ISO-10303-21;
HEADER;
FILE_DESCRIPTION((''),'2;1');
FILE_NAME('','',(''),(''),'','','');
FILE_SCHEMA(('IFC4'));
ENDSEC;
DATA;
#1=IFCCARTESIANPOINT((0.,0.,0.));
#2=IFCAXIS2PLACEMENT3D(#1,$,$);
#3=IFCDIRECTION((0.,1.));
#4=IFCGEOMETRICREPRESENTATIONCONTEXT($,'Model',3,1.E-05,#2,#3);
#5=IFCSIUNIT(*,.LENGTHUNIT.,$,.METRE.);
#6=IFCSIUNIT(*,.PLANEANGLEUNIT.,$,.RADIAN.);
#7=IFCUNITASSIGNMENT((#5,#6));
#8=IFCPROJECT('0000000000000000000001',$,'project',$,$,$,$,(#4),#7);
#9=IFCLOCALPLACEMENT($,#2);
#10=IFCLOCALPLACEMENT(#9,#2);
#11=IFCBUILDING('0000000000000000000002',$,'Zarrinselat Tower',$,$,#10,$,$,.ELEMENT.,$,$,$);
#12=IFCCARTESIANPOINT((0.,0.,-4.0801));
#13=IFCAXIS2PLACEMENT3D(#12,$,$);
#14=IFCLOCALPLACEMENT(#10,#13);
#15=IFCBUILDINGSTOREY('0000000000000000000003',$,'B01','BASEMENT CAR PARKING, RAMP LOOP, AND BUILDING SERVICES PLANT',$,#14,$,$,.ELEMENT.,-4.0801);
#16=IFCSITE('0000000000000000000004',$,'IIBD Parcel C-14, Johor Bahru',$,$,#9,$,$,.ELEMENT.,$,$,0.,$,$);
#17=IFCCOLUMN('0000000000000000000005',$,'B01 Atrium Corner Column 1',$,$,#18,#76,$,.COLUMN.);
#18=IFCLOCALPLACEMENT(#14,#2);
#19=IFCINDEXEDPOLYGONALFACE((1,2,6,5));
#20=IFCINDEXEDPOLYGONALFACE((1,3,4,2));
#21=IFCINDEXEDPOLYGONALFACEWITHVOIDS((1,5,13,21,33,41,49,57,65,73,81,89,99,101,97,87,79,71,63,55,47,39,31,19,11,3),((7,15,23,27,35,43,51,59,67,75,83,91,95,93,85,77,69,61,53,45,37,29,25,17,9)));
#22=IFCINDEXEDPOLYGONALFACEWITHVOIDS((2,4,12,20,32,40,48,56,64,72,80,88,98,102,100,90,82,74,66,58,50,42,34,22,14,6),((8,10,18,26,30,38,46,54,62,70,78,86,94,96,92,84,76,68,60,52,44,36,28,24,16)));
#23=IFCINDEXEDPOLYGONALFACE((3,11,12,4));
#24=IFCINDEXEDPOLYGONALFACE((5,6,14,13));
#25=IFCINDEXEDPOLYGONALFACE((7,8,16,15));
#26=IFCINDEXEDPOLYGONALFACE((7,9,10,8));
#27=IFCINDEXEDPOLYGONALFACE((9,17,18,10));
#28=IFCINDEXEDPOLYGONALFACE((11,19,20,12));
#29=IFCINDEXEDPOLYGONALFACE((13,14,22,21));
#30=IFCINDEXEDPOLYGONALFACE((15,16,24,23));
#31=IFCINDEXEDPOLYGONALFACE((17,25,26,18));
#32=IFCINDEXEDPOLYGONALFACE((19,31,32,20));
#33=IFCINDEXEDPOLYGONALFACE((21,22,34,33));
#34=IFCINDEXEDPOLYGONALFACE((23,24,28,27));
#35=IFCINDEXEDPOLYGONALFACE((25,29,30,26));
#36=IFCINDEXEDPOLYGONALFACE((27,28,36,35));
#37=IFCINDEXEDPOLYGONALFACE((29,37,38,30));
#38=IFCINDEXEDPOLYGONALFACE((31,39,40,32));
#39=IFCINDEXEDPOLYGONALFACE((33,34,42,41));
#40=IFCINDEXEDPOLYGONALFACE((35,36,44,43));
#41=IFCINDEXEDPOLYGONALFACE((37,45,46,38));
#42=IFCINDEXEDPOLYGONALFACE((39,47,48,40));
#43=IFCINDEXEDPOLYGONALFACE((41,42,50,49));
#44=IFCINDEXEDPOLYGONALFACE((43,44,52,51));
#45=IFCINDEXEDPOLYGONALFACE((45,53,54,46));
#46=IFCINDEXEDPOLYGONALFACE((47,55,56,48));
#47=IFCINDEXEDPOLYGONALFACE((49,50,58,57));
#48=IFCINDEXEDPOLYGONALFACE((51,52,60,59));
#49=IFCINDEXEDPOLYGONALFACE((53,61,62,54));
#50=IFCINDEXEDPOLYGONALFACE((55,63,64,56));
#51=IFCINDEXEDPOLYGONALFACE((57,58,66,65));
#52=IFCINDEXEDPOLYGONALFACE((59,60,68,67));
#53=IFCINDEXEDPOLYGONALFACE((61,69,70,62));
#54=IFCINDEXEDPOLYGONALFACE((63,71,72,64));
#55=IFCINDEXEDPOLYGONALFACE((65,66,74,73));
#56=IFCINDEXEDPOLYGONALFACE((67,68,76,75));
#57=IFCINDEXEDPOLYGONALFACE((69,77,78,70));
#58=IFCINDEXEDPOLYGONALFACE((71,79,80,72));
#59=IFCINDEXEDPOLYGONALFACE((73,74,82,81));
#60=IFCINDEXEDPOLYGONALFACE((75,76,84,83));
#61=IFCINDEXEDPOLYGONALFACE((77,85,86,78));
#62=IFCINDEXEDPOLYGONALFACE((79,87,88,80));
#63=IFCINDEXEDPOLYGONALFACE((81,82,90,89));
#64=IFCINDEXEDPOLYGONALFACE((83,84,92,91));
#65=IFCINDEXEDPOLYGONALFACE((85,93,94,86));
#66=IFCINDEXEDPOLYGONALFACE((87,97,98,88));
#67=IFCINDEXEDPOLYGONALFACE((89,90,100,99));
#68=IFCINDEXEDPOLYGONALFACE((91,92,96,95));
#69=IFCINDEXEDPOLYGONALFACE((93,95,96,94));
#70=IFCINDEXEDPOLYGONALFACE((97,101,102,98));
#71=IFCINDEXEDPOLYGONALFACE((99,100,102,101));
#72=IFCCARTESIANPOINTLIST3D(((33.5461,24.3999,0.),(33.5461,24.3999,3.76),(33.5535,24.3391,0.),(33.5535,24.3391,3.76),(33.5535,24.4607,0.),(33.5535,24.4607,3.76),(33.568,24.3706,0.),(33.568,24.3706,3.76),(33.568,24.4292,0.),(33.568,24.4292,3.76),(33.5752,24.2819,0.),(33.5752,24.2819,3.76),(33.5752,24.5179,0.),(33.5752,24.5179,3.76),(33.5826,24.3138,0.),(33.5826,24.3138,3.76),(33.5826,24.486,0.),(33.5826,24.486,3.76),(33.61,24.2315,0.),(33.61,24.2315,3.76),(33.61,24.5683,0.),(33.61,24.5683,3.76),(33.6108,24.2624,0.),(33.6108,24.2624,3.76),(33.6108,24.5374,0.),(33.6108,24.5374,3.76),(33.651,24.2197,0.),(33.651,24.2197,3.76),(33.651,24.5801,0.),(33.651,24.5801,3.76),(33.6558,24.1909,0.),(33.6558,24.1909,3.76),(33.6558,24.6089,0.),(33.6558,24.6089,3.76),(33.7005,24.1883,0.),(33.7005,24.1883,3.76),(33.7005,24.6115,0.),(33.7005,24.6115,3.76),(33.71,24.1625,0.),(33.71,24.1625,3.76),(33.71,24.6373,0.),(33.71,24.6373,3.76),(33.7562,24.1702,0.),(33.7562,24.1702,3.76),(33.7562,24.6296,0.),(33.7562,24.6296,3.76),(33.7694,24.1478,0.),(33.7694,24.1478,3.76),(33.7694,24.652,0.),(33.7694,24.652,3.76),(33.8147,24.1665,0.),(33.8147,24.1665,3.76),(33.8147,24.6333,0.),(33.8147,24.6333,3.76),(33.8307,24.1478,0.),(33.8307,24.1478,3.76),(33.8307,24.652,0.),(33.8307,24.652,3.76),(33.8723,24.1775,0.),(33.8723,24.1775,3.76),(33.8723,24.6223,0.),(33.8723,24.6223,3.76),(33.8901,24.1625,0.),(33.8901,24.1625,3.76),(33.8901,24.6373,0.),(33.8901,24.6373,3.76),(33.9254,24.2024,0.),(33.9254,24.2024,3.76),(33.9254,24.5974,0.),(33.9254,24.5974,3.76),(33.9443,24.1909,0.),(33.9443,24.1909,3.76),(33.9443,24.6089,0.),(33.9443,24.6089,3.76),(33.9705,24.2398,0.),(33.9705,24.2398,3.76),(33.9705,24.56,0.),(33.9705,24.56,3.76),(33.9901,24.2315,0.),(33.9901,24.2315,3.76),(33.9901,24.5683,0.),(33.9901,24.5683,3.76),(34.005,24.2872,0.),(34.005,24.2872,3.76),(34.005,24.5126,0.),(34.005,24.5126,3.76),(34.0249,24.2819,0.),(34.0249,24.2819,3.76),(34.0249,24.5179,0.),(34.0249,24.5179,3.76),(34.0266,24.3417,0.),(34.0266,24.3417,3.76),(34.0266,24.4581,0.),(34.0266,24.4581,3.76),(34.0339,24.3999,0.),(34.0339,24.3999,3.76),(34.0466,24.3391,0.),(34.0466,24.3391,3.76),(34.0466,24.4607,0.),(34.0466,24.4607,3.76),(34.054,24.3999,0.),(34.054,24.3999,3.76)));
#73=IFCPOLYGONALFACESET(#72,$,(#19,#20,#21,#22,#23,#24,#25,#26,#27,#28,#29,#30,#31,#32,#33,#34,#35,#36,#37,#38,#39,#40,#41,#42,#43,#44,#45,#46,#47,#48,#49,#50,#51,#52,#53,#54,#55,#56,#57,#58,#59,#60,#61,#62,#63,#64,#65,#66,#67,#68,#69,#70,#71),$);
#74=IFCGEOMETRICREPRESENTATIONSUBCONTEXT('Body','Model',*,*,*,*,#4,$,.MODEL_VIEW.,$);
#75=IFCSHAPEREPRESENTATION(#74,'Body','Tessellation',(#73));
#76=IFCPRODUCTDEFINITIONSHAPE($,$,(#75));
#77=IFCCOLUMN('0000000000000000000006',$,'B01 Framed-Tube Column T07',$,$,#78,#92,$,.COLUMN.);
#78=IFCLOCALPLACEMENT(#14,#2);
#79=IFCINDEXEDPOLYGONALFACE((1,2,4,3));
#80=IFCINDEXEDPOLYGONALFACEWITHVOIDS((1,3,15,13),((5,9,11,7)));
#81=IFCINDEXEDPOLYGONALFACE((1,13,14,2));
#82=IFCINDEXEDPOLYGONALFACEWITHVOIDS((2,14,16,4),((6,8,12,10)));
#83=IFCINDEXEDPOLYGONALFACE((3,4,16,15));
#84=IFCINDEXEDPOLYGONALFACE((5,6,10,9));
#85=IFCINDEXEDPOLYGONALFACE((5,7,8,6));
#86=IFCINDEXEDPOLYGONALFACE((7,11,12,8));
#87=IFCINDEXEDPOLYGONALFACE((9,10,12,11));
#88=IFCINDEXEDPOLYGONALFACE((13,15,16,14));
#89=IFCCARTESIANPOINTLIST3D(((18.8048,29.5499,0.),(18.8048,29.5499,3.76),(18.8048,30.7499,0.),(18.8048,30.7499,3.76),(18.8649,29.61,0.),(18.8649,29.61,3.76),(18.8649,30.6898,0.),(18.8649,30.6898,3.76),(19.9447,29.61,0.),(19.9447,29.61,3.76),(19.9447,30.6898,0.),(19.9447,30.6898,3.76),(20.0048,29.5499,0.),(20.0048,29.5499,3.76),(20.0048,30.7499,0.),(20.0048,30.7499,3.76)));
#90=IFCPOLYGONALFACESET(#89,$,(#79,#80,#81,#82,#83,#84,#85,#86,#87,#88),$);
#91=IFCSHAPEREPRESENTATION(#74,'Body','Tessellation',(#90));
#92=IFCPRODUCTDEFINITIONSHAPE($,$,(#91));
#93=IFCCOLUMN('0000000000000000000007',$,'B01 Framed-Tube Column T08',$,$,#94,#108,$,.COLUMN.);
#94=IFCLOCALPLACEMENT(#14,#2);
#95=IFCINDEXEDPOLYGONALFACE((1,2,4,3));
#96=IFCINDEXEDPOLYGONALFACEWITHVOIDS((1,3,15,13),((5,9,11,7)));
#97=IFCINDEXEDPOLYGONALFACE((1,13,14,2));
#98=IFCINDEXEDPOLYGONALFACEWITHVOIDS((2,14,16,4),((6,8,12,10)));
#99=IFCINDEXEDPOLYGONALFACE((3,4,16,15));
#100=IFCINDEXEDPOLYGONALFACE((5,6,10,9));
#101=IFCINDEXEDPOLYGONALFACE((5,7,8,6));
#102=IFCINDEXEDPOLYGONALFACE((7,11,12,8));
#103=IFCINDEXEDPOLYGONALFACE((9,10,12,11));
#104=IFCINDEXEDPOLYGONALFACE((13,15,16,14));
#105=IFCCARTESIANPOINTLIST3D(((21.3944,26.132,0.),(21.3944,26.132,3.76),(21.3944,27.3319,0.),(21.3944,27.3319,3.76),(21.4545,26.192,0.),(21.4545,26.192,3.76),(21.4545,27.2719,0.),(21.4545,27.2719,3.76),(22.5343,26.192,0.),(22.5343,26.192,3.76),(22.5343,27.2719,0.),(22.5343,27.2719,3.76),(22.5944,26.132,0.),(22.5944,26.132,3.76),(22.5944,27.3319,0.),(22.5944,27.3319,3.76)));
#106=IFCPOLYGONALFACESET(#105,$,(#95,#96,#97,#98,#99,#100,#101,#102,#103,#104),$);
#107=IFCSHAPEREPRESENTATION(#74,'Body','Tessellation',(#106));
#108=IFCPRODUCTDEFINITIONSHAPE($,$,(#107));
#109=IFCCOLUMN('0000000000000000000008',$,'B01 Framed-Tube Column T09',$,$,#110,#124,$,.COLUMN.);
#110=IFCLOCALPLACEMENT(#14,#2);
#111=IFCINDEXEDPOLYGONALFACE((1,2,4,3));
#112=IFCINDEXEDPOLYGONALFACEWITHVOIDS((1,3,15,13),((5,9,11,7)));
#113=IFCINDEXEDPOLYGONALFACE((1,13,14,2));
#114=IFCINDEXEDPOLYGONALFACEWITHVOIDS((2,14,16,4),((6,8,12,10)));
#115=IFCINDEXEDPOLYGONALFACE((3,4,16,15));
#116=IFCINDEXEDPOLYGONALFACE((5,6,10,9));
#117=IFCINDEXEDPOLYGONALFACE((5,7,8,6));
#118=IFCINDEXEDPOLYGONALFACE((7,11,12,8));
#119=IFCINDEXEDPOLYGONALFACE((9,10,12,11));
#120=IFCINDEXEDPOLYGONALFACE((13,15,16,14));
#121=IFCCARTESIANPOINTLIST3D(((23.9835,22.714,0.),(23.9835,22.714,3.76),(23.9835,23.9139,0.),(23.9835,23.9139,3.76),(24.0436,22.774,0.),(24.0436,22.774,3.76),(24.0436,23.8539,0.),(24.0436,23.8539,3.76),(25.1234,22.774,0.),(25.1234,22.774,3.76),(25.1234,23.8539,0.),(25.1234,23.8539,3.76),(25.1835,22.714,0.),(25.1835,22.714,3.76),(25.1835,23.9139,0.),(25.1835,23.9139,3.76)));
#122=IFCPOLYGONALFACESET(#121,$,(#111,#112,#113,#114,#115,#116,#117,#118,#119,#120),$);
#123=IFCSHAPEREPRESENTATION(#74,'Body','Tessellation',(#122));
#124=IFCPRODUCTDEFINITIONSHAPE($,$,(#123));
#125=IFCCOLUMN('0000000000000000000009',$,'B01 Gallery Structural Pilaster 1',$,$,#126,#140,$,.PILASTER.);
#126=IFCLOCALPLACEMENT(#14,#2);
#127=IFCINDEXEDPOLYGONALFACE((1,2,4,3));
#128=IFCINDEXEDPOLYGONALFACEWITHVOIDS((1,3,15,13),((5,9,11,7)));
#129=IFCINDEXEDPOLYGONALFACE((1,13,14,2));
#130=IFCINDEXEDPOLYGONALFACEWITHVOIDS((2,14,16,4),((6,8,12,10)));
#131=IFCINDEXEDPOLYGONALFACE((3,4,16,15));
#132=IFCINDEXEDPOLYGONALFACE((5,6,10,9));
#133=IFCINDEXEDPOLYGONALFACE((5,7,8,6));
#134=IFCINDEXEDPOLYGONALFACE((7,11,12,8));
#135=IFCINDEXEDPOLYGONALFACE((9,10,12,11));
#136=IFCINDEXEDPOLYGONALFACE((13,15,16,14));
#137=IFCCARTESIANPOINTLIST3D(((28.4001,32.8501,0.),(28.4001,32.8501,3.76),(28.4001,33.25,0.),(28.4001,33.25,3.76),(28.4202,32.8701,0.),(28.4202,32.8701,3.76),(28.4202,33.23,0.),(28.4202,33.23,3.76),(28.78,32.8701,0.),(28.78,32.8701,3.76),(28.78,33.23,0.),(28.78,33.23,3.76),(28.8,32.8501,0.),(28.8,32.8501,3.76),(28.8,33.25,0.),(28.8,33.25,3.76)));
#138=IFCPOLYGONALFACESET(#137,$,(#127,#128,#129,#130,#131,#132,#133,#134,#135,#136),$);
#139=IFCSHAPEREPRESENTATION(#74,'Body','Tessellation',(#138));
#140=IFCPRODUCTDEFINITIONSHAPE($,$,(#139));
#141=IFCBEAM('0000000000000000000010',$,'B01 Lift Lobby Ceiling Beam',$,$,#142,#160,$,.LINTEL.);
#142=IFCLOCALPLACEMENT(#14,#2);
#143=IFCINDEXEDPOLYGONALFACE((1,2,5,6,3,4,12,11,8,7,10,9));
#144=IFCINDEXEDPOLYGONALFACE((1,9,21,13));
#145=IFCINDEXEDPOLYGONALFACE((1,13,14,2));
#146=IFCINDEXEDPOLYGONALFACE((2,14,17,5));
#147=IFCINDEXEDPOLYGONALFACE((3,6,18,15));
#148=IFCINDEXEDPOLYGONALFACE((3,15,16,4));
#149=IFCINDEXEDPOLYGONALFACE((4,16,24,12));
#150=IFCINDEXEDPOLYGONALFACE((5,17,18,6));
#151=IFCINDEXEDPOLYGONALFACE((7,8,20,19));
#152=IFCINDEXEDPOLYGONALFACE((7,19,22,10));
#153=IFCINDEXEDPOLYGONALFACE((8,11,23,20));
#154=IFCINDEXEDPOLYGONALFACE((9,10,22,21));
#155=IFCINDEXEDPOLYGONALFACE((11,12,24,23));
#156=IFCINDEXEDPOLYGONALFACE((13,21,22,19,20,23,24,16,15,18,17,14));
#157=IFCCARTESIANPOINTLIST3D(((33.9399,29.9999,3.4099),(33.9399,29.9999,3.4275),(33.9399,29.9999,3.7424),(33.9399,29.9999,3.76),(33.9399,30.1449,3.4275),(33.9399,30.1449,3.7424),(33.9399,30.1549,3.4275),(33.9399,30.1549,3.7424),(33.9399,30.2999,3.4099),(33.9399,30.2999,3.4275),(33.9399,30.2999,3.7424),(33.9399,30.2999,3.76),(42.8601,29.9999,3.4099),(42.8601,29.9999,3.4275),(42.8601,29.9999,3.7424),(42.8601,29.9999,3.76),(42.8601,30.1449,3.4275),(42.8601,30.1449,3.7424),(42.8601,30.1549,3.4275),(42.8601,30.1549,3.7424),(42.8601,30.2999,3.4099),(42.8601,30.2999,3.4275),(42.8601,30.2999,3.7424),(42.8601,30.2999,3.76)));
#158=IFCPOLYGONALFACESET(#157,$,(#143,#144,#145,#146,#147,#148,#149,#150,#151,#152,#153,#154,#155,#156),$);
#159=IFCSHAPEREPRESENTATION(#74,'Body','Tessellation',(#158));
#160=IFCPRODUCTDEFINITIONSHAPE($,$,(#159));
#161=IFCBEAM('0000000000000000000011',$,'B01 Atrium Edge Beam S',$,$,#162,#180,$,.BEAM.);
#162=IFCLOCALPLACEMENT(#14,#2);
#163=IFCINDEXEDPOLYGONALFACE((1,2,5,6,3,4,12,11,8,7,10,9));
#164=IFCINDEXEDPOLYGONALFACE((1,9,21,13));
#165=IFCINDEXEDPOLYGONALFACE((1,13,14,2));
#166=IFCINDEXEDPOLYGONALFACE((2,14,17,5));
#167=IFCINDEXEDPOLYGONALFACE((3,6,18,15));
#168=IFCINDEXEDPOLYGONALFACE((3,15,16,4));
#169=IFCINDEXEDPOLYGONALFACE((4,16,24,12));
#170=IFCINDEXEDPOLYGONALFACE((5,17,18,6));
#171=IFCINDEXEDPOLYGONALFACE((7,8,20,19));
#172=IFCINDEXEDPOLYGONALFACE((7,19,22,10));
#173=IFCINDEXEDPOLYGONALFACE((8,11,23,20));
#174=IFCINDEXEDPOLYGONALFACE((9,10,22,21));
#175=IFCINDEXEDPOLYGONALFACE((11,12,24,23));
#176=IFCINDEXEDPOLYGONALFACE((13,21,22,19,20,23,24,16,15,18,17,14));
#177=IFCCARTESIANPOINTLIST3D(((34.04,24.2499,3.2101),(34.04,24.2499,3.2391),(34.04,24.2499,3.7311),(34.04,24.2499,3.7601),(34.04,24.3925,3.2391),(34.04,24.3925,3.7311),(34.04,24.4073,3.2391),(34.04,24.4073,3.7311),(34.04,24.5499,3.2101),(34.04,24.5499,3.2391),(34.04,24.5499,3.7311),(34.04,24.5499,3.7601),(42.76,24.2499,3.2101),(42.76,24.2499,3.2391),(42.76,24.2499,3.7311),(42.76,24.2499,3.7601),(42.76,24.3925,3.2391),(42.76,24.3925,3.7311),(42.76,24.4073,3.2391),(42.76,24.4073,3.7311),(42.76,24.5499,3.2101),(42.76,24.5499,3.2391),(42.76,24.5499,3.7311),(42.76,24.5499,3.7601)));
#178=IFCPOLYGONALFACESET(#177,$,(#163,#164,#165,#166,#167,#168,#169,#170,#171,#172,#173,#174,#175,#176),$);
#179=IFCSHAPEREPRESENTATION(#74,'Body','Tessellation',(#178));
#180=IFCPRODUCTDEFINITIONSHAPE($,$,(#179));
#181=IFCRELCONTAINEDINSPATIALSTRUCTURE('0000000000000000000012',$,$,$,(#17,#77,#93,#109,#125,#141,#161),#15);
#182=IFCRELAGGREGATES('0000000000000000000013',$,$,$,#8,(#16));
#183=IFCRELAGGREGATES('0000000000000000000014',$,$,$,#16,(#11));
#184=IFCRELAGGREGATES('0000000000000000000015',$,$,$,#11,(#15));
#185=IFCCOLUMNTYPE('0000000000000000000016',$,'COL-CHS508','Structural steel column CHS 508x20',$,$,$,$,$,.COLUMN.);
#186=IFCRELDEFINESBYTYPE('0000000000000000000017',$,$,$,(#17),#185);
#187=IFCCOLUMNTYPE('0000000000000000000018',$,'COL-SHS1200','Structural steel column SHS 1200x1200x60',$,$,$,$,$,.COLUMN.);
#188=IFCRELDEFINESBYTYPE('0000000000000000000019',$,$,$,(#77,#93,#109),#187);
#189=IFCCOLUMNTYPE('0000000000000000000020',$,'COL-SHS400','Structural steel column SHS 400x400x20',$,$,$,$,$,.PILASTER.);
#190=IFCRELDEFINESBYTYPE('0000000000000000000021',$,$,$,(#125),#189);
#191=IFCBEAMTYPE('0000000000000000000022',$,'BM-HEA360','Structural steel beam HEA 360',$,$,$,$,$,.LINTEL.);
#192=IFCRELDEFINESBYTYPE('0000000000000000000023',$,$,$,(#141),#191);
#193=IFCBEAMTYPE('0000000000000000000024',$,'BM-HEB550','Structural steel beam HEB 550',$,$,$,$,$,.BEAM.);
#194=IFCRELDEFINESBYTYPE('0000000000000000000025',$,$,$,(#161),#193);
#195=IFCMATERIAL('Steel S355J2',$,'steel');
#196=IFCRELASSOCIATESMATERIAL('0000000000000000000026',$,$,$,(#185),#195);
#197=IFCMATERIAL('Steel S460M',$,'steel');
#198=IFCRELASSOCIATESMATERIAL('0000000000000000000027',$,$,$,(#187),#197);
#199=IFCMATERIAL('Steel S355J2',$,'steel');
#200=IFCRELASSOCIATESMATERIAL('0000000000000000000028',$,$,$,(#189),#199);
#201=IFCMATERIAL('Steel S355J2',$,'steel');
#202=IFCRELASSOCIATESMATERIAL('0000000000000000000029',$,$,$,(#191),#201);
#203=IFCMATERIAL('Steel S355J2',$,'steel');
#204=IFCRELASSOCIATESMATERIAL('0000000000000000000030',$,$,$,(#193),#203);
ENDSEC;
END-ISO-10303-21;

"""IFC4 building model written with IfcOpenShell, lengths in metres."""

from ifc_helpers import new_model, si_unit, direction, frame, origin, origin_2d, place, context, subcontext, project, spatial, hollow_rectangle, hollow_circle, i_section, extrude, material, material_profile, profile_set, type_object, element, save


model = new_model("IFC4")

# Units and contexts
model_context = context("Model", 3, precision=1e-05, world=origin(), true_north=direction((0.0, 1.0)))
body_context = subcontext(model_context, "Body", "Model", "MODEL_VIEW")
ifc_project = project(units=[si_unit("LENGTHUNIT", "METRE"), si_unit("PLANEANGLEUNIT", "RADIAN")], contexts=[model_context])

# Site, building, storey
site_placement = place(None, origin())
site = spatial("IfcSite", under=ifc_project, at=site_placement, Name="IIBD Parcel C-14, Johor Bahru", CompositionType="ELEMENT", RefElevation=0.0)
building_placement = place(site_placement, origin())
building = spatial("IfcBuilding", under=site, at=building_placement, Name="Zarrinselat Tower", CompositionType="ELEMENT")
storey_placement = place(building_placement, frame((0.0, 0.0, -4.0801)))
storey = spatial("IfcBuildingStorey", under=building, at=storey_placement, Name="B01", Description="BASEMENT CAR PARKING, RAMP LOOP, AND BUILDING SERVICES PLANT", CompositionType="ELEMENT", Elevation=-4.0801)

# Columns
ifc_material_1 = material(Name="Steel S355J2", Category="steel")
ifc_material_profile_1 = material_profile(ifc_material_1, hollow_circle(Radius=0.2539, WallThickness=0.02, at=origin_2d()), Name="CHS 508x20")
ifc_profile_set_1 = profile_set([ifc_material_profile_1], Name="Steel S355J2")
column_type_1 = type_object("IfcColumnType", Name="COL-CHS508", Description="Structural steel column CHS 508x20", PredefinedType="COLUMN", material=ifc_profile_set_1)
column_1_placement = place(storey_placement, frame((33.8, 24.3999, 0.0), z_axis=(0.0, 0.0, 1.0), x_axis=(1.0, 0.0, 0.0)))
element("IfcColumn", 1, at=column_1_placement, inside=storey, type_object=column_type_1, Name="B01 Atrium Corner Column 1", PredefinedType="COLUMN", context=body_context, shape_type="SweptSolid", body=[
    extrude(hollow_circle(Radius=0.2539, WallThickness=0.02, at=origin_2d()), origin(), (0.0, 0.0, 1.0), 3.76),
])
ifc_material_2 = material(Name="Steel S460M", Category="steel")
ifc_material_profile_2 = material_profile(ifc_material_2, hollow_rectangle(XDim=1.2, YDim=1.2, WallThickness=0.0601, at=origin_2d()), Name="SHS 1200x1200x60")
ifc_profile_set_2 = profile_set([ifc_material_profile_2], Name="Steel S460M")
column_type_2 = type_object("IfcColumnType", Name="COL-SHS1200", Description="Structural steel column SHS 1200x1200x60", PredefinedType="COLUMN", material=ifc_profile_set_2)
for number, where, z_axis, x_axis, name in (
    (2, (19.4048, 30.1499, 0.0), (0.0, 0.0, 1.0), (1.0, 0.0, 0.0), "B01 Framed-Tube Column T07"),
    (3, (21.9944, 26.7319, 0.0), (0.0, 0.0, 1.0), (1.0, 0.0, 0.0), "B01 Framed-Tube Column T08"),
    (4, (24.5835, 23.314, 0.0), (0.0, 0.0, 1.0), (1.0, 0.0, 0.0), "B01 Framed-Tube Column T09"),
):
    element("IfcColumn", number, at=place(storey_placement, frame(where, z_axis=z_axis, x_axis=x_axis)), inside=storey, type_object=column_type_2, Name=name, PredefinedType="COLUMN", context=body_context, shape_type="SweptSolid", body=[
        extrude(hollow_rectangle(XDim=1.2, YDim=1.2, WallThickness=0.0601, at=origin_2d()), origin(), (0.0, 0.0, 1.0), 3.76),
    ])
ifc_material_3 = material(Name="Steel S355J2", Category="steel")
ifc_material_profile_3 = material_profile(ifc_material_3, hollow_rectangle(XDim=0.3999, YDim=0.3999, WallThickness=0.02, at=origin_2d()), Name="SHS 400x400x20")
ifc_profile_set_3 = profile_set([ifc_material_profile_3], Name="Steel S355J2")
column_type_3 = type_object("IfcColumnType", Name="COL-SHS400", Description="Structural steel column SHS 400x400x20", PredefinedType="PILASTER", material=ifc_profile_set_3)
column_2_placement = place(storey_placement, frame((28.6001, 33.05, 0.0), z_axis=(0.0, 0.0, 1.0), x_axis=(1.0, 0.0, 0.0)))
element("IfcColumn", 5, at=column_2_placement, inside=storey, type_object=column_type_3, Name="B01 Gallery Structural Pilaster 1", PredefinedType="PILASTER", context=body_context, shape_type="SweptSolid", body=[
    extrude(hollow_rectangle(XDim=0.3999, YDim=0.3999, WallThickness=0.02, at=origin_2d()), origin(), (0.0, 0.0, 1.0), 3.76),
])

# Beams
ifc_material_4 = material(Name="Steel S355J2", Category="steel")
ifc_material_profile_4 = material_profile(ifc_material_4, i_section(OverallWidth=0.3, OverallDepth=0.3501, WebThickness=0.01, FlangeThickness=0.0176, at=origin_2d()), Name="HEA 360")
ifc_profile_set_4 = profile_set([ifc_material_profile_4], Name="Steel S355J2")
beam_type_1 = type_object("IfcBeamType", Name="BM-HEA360", Description="Structural steel beam HEA 360", PredefinedType="LINTEL", material=ifc_profile_set_4)
beam_1_placement = place(storey_placement, frame((33.9399, 30.1499, 3.585), z_axis=(1.0, 0.0, 0.0), x_axis=(0.0, 1.0, 0.0)))
element("IfcBeam", 6, at=beam_1_placement, inside=storey, type_object=beam_type_1, Name="B01 Lift Lobby Ceiling Beam", PredefinedType="LINTEL", context=body_context, shape_type="SweptSolid", body=[
    extrude(i_section(OverallWidth=0.3, OverallDepth=0.3501, WebThickness=0.01, FlangeThickness=0.0176, at=origin_2d()), origin(), (0.0, 0.0, 1.0), 8.9202),
])
ifc_material_5 = material(Name="Steel S355J2", Category="steel")
ifc_material_profile_5 = material_profile(ifc_material_5, i_section(OverallWidth=0.3, OverallDepth=0.55, WebThickness=0.0149, FlangeThickness=0.0291, at=origin_2d()), Name="HEB 550")
ifc_profile_set_5 = profile_set([ifc_material_profile_5], Name="Steel S355J2")
beam_type_2 = type_object("IfcBeamType", Name="BM-HEB550", Description="Structural steel beam HEB 550", PredefinedType="BEAM", material=ifc_profile_set_5)
beam_2_placement = place(storey_placement, frame((34.04, 24.3999, 3.4851), z_axis=(1.0, 0.0, 0.0), x_axis=(0.0, 1.0, 0.0)))
element("IfcBeam", 7, at=beam_2_placement, inside=storey, type_object=beam_type_2, Name="B01 Atrium Edge Beam S", PredefinedType="BEAM", context=body_context, shape_type="SweptSolid", body=[
    extrude(i_section(OverallWidth=0.3, OverallDepth=0.55, WebThickness=0.0149, FlangeThickness=0.0291, at=origin_2d()), origin(), (0.0, 0.0, 1.0), 8.72),
])

save(model, "model.ifc")
